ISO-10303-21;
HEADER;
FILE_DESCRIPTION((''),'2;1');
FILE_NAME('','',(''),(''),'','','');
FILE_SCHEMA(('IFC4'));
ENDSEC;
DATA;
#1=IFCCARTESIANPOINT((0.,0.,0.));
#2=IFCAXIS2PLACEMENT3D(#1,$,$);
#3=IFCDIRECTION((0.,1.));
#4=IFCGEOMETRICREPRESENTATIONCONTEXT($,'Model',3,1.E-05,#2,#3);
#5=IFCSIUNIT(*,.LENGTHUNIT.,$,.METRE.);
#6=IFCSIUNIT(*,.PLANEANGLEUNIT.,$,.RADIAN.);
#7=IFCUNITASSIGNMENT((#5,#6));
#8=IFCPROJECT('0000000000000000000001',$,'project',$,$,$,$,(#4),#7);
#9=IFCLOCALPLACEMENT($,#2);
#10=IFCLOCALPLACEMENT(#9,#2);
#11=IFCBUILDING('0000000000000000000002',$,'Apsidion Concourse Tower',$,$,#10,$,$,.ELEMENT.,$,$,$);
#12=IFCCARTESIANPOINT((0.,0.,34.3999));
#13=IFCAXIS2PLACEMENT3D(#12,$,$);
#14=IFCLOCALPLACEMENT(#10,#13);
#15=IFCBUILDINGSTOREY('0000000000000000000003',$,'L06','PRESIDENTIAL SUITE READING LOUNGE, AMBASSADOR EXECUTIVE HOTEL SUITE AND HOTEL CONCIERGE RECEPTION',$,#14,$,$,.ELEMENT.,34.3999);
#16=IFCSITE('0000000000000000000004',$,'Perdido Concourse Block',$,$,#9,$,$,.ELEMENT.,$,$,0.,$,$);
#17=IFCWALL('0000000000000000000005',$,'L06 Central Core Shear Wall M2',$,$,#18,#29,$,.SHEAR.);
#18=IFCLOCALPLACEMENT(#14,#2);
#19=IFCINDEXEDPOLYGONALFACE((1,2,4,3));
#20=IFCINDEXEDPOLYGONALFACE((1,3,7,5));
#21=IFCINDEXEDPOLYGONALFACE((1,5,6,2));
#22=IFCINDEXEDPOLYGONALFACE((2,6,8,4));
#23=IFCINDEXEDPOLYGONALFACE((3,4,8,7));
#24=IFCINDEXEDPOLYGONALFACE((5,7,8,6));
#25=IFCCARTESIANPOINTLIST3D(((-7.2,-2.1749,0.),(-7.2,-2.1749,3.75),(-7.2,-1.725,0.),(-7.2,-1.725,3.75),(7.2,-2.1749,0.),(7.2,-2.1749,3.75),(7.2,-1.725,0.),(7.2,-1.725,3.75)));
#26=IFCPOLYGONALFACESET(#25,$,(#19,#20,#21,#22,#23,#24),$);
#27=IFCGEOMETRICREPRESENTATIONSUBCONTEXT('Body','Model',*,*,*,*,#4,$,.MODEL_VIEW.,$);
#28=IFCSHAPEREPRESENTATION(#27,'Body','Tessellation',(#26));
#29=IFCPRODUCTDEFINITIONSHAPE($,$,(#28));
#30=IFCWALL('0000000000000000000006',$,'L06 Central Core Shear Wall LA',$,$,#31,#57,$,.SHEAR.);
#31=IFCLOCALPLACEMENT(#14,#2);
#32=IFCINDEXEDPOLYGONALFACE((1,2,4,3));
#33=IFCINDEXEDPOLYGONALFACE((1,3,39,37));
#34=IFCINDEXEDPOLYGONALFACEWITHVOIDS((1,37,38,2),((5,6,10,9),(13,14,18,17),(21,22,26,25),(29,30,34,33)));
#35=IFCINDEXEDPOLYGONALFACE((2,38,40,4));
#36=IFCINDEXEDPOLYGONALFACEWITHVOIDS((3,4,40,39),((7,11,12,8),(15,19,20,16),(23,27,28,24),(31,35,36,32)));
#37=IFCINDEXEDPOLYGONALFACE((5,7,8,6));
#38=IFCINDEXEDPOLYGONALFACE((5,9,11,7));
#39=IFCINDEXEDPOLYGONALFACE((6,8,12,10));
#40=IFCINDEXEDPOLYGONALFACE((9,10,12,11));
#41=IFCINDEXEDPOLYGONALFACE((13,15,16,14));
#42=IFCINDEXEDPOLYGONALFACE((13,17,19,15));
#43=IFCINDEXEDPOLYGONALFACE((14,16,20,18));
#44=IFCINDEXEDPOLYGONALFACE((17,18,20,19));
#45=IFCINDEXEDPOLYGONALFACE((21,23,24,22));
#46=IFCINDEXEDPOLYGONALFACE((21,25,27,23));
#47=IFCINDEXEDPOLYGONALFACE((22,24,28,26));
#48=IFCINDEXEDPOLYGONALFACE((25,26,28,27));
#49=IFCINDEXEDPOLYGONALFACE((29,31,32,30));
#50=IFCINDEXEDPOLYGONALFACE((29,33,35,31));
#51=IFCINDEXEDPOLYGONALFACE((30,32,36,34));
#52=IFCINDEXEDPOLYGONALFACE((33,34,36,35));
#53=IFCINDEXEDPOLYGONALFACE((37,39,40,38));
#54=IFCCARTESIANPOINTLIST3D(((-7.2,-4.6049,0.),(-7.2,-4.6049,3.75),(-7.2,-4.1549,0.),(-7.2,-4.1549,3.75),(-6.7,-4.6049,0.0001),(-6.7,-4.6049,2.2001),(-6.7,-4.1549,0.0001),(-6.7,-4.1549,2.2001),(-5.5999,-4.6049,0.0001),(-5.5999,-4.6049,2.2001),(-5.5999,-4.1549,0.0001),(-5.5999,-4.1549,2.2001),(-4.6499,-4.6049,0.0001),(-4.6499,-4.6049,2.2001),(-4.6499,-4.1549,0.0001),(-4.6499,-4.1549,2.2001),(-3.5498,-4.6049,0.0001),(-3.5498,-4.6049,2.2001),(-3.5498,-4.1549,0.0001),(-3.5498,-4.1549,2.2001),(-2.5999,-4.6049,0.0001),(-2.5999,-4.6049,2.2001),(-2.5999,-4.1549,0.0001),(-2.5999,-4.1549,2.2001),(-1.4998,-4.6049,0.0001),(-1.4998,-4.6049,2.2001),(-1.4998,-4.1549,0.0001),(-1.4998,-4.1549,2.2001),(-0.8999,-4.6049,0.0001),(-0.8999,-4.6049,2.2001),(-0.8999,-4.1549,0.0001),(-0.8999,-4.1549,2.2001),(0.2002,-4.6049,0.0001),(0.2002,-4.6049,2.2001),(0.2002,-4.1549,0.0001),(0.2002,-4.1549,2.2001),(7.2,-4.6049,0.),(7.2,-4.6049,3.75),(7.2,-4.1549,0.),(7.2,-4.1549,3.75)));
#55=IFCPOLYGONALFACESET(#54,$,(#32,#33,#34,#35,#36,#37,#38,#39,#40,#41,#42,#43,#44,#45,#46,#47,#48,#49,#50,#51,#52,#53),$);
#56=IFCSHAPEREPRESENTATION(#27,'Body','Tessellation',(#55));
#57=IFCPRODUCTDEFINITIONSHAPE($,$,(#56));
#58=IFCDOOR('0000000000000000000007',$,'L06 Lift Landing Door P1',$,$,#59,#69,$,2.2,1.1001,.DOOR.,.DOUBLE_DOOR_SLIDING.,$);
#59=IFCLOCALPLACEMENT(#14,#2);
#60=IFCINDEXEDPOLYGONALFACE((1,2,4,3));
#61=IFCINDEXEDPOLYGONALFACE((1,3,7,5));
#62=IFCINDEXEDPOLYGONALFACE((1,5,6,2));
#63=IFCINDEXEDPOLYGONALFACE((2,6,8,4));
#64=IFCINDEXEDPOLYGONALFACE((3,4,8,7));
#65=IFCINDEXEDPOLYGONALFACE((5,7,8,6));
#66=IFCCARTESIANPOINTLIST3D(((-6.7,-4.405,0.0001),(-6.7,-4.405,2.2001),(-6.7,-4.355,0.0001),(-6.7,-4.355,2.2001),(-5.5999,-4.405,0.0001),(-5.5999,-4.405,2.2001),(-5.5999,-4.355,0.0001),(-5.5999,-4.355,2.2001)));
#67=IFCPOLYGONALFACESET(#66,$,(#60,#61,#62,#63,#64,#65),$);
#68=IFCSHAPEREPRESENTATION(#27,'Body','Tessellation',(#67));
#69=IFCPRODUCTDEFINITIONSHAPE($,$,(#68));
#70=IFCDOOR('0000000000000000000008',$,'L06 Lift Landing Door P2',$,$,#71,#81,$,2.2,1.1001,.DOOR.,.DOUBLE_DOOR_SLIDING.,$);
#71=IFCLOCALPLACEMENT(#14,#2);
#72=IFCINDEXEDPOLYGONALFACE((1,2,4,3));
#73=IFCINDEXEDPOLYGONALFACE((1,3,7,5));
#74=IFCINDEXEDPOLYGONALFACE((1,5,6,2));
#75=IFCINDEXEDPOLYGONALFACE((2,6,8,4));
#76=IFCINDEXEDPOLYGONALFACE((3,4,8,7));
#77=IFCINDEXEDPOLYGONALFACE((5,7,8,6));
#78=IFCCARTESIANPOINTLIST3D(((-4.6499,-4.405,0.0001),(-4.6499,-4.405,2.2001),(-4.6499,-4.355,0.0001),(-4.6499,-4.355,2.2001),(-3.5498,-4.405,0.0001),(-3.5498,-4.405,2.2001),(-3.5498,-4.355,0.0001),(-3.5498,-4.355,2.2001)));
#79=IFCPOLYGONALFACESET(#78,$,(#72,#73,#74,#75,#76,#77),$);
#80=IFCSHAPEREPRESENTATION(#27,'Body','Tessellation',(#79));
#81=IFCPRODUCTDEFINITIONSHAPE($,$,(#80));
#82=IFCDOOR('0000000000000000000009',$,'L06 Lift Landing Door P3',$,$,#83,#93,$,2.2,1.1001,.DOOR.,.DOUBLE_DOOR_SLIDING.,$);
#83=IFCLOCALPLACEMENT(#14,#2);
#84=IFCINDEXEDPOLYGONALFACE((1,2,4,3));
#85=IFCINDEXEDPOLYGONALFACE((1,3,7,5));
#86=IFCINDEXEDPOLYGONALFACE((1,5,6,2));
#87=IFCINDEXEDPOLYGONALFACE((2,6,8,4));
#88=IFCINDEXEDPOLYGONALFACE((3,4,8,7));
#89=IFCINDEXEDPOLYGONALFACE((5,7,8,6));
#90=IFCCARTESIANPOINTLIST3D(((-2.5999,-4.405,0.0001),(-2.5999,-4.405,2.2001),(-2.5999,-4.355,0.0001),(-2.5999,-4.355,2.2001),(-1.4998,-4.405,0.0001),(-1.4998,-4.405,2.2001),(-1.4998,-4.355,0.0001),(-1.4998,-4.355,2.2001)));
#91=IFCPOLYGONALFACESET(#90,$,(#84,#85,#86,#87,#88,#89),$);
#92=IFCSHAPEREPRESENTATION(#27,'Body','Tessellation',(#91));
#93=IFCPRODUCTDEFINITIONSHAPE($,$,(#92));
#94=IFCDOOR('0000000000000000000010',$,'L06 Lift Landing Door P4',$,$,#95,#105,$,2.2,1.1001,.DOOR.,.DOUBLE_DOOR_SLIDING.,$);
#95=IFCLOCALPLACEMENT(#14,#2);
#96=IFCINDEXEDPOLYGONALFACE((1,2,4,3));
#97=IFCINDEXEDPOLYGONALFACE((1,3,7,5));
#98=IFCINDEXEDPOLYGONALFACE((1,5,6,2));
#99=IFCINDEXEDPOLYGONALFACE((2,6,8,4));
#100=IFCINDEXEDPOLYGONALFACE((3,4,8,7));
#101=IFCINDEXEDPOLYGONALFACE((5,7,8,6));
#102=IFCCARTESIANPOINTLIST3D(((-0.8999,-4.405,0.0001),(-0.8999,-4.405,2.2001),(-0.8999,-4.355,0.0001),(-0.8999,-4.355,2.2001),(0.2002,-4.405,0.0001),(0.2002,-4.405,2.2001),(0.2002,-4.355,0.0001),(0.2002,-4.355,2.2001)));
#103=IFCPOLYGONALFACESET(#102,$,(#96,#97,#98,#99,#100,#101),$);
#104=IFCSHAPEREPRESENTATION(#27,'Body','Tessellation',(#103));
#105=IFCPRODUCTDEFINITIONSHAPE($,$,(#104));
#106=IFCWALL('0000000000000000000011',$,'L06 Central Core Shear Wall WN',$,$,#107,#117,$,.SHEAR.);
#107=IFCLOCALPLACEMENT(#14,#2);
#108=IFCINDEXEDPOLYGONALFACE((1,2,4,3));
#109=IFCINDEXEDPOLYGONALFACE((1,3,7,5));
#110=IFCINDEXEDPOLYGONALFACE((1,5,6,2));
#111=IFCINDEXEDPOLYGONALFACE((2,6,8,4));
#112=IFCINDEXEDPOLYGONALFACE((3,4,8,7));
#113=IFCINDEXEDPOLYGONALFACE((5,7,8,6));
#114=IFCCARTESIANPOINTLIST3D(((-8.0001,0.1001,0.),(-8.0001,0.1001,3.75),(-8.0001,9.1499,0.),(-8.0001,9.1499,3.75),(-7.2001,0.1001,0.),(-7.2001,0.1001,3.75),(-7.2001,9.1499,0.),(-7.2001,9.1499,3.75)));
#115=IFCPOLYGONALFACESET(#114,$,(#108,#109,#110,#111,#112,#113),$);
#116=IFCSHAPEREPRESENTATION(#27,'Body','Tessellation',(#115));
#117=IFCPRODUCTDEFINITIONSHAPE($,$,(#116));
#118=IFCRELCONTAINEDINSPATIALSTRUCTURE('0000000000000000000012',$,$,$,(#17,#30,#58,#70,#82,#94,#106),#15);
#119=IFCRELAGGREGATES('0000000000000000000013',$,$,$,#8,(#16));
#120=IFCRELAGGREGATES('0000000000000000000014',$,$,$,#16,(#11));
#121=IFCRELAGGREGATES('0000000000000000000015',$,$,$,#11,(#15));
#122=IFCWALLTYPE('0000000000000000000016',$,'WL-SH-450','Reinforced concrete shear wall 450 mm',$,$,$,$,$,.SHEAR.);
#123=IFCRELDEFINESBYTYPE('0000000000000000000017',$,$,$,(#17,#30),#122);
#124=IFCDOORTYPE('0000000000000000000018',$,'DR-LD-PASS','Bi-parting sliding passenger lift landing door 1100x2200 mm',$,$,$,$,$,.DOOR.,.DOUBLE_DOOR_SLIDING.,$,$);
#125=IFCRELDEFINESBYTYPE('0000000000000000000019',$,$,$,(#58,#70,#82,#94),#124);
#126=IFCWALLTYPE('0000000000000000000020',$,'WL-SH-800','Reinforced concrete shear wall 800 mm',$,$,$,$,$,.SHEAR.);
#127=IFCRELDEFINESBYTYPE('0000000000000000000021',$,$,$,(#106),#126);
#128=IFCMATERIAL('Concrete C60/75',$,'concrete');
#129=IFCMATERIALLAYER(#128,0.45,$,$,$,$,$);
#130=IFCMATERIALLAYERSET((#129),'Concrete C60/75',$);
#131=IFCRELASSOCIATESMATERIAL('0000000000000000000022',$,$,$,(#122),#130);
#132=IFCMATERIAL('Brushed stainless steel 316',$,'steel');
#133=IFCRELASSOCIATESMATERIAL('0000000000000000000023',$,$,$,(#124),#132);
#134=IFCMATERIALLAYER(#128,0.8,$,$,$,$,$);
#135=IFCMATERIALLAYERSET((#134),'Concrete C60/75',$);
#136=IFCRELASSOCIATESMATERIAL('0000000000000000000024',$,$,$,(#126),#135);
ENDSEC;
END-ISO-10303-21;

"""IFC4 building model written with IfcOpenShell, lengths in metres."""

from ifc_helpers import new_model, si_unit, direction, frame, frame_2d, origin, place, context, subcontext, project, spatial, rectangle, extrude, material, layer, layer_set, type_object, element, fill, save


model = new_model("IFC4")

# Units and contexts
model_context = context("Model", 3, precision=1e-05, world=origin(), true_north=direction((0.0, 1.0)))
body_context = subcontext(model_context, "Body", "Model", "MODEL_VIEW")
ifc_project = project(units=[si_unit("LENGTHUNIT", "METRE"), si_unit("PLANEANGLEUNIT", "RADIAN")], contexts=[model_context])

# Site, building, storey
site_placement = place(None, origin())
site = spatial("IfcSite", under=ifc_project, at=site_placement, Name="Perdido Concourse Block", CompositionType="ELEMENT", RefElevation=0.0)
building_placement = place(site_placement, origin())
building = spatial("IfcBuilding", under=site, at=building_placement, Name="Apsidion Concourse Tower", CompositionType="ELEMENT")
storey_placement = place(building_placement, frame((0.0, 0.0, 34.3999)))
storey = spatial("IfcBuildingStorey", under=building, at=storey_placement, Name="L06", Description="PRESIDENTIAL SUITE READING LOUNGE, AMBASSADOR EXECUTIVE HOTEL SUITE AND HOTEL CONCIERGE RECEPTION", CompositionType="ELEMENT", Elevation=34.3999)

# Shared definitions
ifc_material_1 = material(Name="Brushed stainless steel 316", Category="steel")

# Wall
ifc_material_2 = material(Name="Concrete C60/75", Category="concrete")
ifc_layer_1 = layer(ifc_material_2, 0.45)
ifc_layer_set_1 = layer_set([ifc_layer_1], Name="Concrete C60/75")
wall_type_1 = type_object("IfcWallType", Name="WL-SH-450", Description="Reinforced concrete shear wall 450 mm", PredefinedType="SHEAR", material=ifc_layer_set_1)
wall_1_placement = place(storey_placement, frame((-7.2, -1.95, 0.0), z_axis=(0.0, 0.0, 1.0), x_axis=(1.0, 0.0, 0.0)))
element("IfcWall", 1, at=wall_1_placement, inside=storey, type_object=wall_type_1, Name="L06 Central Core Shear Wall M2", PredefinedType="SHEAR", context=body_context, shape_type="SweptSolid", body=[
    extrude(rectangle(XDim=14.3999, YDim=0.45, at=frame_2d((7.2, 0.0))), origin(), (0.0, 0.0, 1.0), 3.75),
])

# Wall, openings, doors
wall_2_placement = place(storey_placement, frame((-7.2, -4.3799, 0.0), z_axis=(0.0, 0.0, 1.0), x_axis=(1.0, 0.0, 0.0)))
wall_2 = element("IfcWall", 2, at=wall_2_placement, inside=storey, type_object=wall_type_1, Name="L06 Central Core Shear Wall LA", PredefinedType="SHEAR", context=body_context, shape_type="SweptSolid", body=[
    extrude(rectangle(XDim=14.3999, YDim=0.45, at=frame_2d((7.2, 0.0))), origin(), (0.0, 0.0, 1.0), 3.75),
])
opening_1_placement = place(wall_2_placement, frame((0.5, 0.0, 0.0)))
opening_1 = element("IfcOpeningElement", 3, at=opening_1_placement, cuts=wall_2, PredefinedType="OPENING", context=body_context, shape_type="SweptSolid", body=[
    extrude(rectangle(XDim=1.1001, YDim=2.2, at=frame_2d((0.55, 1.1001))), frame((0.0, 0.2349, 0.0), z_axis=(0.0, -1.0, 0.0), x_axis=(1.0, 0.0, 0.0)), (0.0, 0.0, 1.0), 0.47),
])
opening_2_placement = place(wall_2_placement, frame((2.55, 0.0, 0.0)))
opening_2 = element("IfcOpeningElement", 4, at=opening_2_placement, cuts=wall_2, PredefinedType="OPENING", context=body_context, shape_type="SweptSolid", body=[
    extrude(rectangle(XDim=1.1001, YDim=2.2, at=frame_2d((0.55, 1.1001))), frame((0.0, 0.2349, 0.0), z_axis=(0.0, -1.0, 0.0), x_axis=(1.0, 0.0, 0.0)), (0.0, 0.0, 1.0), 0.47),
])
opening_3_placement = place(wall_2_placement, frame((4.6001, 0.0, 0.0)))
opening_3 = element("IfcOpeningElement", 5, at=opening_3_placement, cuts=wall_2, PredefinedType="OPENING", context=body_context, shape_type="SweptSolid", body=[
    extrude(rectangle(XDim=1.1001, YDim=2.2, at=frame_2d((0.55, 1.1001))), frame((0.0, 0.2349, 0.0), z_axis=(0.0, -1.0, 0.0), x_axis=(1.0, 0.0, 0.0)), (0.0, 0.0, 1.0), 0.47),
])
opening_4_placement = place(wall_2_placement, frame((6.3, 0.0, 0.0)))
opening_4 = element("IfcOpeningElement", 6, at=opening_4_placement, cuts=wall_2, PredefinedType="OPENING", context=body_context, shape_type="SweptSolid", body=[
    extrude(rectangle(XDim=1.1001, YDim=2.2, at=frame_2d((0.55, 1.1001))), frame((0.0, 0.2349, 0.0), z_axis=(0.0, -1.0, 0.0), x_axis=(1.0, 0.0, 0.0)), (0.0, 0.0, 1.0), 0.47),
])
door_type_1 = type_object("IfcDoorType", Name="DR-LD-PASS", Description="Bi-parting sliding passenger lift landing door 1100x2200 mm", OperationType="DOUBLE_DOOR_SLIDING", PredefinedType="DOOR", material=ifc_material_1)
door_1_placement = place(opening_1_placement, origin())
door_1 = element("IfcDoor", 7, at=door_1_placement, inside=storey, type_object=door_type_1, Name="L06 Lift Landing Door P1", OperationType="DOUBLE_DOOR_SLIDING", OverallHeight=2.2, OverallWidth=1.1001, PredefinedType="DOOR", context=body_context, shape_type="SweptSolid", body=[
    extrude(rectangle(XDim=1.1001, YDim=2.2, at=frame_2d((0.55, 1.1001))), frame((0.0, 0.0249, 0.0), z_axis=(0.0, -1.0, 0.0), x_axis=(1.0, 0.0, 0.0)), (0.0, 0.0, 1.0), 0.05),
])
fill(opening_1, door_1)
door_2_placement = place(opening_2_placement, origin())
door_2 = element("IfcDoor", 8, at=door_2_placement, inside=storey, type_object=door_type_1, Name="L06 Lift Landing Door P2", OperationType="DOUBLE_DOOR_SLIDING", OverallHeight=2.2, OverallWidth=1.1001, PredefinedType="DOOR", context=body_context, shape_type="SweptSolid", body=[
    extrude(rectangle(XDim=1.1001, YDim=2.2, at=frame_2d((0.55, 1.1001))), frame((0.0, 0.0249, 0.0), z_axis=(0.0, -1.0, 0.0), x_axis=(1.0, 0.0, 0.0)), (0.0, 0.0, 1.0), 0.05),
])
fill(opening_2, door_2)
door_3_placement = place(opening_3_placement, origin())
door_3 = element("IfcDoor", 9, at=door_3_placement, inside=storey, type_object=door_type_1, Name="L06 Lift Landing Door P3", OperationType="DOUBLE_DOOR_SLIDING", OverallHeight=2.2, OverallWidth=1.1001, PredefinedType="DOOR", context=body_context, shape_type="SweptSolid", body=[
    extrude(rectangle(XDim=1.1001, YDim=2.2, at=frame_2d((0.55, 1.1001))), frame((0.0, 0.0249, 0.0), z_axis=(0.0, -1.0, 0.0), x_axis=(1.0, 0.0, 0.0)), (0.0, 0.0, 1.0), 0.05),
])
fill(opening_3, door_3)
door_4_placement = place(opening_4_placement, origin())
door_4 = element("IfcDoor", 10, at=door_4_placement, inside=storey, type_object=door_type_1, Name="L06 Lift Landing Door P4", OperationType="DOUBLE_DOOR_SLIDING", OverallHeight=2.2, OverallWidth=1.1001, PredefinedType="DOOR", context=body_context, shape_type="SweptSolid", body=[
    extrude(rectangle(XDim=1.1001, YDim=2.2, at=frame_2d((0.55, 1.1001))), frame((0.0, 0.0249, 0.0), z_axis=(0.0, -1.0, 0.0), x_axis=(1.0, 0.0, 0.0)), (0.0, 0.0, 1.0), 0.05),
])
fill(opening_4, door_4)

# Wall
ifc_layer_2 = layer(ifc_material_2, 0.8)
ifc_layer_set_2 = layer_set([ifc_layer_2], Name="Concrete C60/75")
wall_type_2 = type_object("IfcWallType", Name="WL-SH-800", Description="Reinforced concrete shear wall 800 mm", PredefinedType="SHEAR", material=ifc_layer_set_2)
wall_3_placement = place(storey_placement, frame((-7.6001, 0.1001, 0.0), z_axis=(0.0, 0.0, 1.0), x_axis=(0.0, 1.0, 0.0)))
element("IfcWall", 11, at=wall_3_placement, inside=storey, type_object=wall_type_2, Name="L06 Central Core Shear Wall WN", PredefinedType="SHEAR", context=body_context, shape_type="SweptSolid", body=[
    extrude(rectangle(XDim=9.0498, YDim=0.8, at=frame_2d((4.5249, 0.0))), origin(), (0.0, 0.0, 1.0), 3.75),
])

save(model, "model.ifc")
